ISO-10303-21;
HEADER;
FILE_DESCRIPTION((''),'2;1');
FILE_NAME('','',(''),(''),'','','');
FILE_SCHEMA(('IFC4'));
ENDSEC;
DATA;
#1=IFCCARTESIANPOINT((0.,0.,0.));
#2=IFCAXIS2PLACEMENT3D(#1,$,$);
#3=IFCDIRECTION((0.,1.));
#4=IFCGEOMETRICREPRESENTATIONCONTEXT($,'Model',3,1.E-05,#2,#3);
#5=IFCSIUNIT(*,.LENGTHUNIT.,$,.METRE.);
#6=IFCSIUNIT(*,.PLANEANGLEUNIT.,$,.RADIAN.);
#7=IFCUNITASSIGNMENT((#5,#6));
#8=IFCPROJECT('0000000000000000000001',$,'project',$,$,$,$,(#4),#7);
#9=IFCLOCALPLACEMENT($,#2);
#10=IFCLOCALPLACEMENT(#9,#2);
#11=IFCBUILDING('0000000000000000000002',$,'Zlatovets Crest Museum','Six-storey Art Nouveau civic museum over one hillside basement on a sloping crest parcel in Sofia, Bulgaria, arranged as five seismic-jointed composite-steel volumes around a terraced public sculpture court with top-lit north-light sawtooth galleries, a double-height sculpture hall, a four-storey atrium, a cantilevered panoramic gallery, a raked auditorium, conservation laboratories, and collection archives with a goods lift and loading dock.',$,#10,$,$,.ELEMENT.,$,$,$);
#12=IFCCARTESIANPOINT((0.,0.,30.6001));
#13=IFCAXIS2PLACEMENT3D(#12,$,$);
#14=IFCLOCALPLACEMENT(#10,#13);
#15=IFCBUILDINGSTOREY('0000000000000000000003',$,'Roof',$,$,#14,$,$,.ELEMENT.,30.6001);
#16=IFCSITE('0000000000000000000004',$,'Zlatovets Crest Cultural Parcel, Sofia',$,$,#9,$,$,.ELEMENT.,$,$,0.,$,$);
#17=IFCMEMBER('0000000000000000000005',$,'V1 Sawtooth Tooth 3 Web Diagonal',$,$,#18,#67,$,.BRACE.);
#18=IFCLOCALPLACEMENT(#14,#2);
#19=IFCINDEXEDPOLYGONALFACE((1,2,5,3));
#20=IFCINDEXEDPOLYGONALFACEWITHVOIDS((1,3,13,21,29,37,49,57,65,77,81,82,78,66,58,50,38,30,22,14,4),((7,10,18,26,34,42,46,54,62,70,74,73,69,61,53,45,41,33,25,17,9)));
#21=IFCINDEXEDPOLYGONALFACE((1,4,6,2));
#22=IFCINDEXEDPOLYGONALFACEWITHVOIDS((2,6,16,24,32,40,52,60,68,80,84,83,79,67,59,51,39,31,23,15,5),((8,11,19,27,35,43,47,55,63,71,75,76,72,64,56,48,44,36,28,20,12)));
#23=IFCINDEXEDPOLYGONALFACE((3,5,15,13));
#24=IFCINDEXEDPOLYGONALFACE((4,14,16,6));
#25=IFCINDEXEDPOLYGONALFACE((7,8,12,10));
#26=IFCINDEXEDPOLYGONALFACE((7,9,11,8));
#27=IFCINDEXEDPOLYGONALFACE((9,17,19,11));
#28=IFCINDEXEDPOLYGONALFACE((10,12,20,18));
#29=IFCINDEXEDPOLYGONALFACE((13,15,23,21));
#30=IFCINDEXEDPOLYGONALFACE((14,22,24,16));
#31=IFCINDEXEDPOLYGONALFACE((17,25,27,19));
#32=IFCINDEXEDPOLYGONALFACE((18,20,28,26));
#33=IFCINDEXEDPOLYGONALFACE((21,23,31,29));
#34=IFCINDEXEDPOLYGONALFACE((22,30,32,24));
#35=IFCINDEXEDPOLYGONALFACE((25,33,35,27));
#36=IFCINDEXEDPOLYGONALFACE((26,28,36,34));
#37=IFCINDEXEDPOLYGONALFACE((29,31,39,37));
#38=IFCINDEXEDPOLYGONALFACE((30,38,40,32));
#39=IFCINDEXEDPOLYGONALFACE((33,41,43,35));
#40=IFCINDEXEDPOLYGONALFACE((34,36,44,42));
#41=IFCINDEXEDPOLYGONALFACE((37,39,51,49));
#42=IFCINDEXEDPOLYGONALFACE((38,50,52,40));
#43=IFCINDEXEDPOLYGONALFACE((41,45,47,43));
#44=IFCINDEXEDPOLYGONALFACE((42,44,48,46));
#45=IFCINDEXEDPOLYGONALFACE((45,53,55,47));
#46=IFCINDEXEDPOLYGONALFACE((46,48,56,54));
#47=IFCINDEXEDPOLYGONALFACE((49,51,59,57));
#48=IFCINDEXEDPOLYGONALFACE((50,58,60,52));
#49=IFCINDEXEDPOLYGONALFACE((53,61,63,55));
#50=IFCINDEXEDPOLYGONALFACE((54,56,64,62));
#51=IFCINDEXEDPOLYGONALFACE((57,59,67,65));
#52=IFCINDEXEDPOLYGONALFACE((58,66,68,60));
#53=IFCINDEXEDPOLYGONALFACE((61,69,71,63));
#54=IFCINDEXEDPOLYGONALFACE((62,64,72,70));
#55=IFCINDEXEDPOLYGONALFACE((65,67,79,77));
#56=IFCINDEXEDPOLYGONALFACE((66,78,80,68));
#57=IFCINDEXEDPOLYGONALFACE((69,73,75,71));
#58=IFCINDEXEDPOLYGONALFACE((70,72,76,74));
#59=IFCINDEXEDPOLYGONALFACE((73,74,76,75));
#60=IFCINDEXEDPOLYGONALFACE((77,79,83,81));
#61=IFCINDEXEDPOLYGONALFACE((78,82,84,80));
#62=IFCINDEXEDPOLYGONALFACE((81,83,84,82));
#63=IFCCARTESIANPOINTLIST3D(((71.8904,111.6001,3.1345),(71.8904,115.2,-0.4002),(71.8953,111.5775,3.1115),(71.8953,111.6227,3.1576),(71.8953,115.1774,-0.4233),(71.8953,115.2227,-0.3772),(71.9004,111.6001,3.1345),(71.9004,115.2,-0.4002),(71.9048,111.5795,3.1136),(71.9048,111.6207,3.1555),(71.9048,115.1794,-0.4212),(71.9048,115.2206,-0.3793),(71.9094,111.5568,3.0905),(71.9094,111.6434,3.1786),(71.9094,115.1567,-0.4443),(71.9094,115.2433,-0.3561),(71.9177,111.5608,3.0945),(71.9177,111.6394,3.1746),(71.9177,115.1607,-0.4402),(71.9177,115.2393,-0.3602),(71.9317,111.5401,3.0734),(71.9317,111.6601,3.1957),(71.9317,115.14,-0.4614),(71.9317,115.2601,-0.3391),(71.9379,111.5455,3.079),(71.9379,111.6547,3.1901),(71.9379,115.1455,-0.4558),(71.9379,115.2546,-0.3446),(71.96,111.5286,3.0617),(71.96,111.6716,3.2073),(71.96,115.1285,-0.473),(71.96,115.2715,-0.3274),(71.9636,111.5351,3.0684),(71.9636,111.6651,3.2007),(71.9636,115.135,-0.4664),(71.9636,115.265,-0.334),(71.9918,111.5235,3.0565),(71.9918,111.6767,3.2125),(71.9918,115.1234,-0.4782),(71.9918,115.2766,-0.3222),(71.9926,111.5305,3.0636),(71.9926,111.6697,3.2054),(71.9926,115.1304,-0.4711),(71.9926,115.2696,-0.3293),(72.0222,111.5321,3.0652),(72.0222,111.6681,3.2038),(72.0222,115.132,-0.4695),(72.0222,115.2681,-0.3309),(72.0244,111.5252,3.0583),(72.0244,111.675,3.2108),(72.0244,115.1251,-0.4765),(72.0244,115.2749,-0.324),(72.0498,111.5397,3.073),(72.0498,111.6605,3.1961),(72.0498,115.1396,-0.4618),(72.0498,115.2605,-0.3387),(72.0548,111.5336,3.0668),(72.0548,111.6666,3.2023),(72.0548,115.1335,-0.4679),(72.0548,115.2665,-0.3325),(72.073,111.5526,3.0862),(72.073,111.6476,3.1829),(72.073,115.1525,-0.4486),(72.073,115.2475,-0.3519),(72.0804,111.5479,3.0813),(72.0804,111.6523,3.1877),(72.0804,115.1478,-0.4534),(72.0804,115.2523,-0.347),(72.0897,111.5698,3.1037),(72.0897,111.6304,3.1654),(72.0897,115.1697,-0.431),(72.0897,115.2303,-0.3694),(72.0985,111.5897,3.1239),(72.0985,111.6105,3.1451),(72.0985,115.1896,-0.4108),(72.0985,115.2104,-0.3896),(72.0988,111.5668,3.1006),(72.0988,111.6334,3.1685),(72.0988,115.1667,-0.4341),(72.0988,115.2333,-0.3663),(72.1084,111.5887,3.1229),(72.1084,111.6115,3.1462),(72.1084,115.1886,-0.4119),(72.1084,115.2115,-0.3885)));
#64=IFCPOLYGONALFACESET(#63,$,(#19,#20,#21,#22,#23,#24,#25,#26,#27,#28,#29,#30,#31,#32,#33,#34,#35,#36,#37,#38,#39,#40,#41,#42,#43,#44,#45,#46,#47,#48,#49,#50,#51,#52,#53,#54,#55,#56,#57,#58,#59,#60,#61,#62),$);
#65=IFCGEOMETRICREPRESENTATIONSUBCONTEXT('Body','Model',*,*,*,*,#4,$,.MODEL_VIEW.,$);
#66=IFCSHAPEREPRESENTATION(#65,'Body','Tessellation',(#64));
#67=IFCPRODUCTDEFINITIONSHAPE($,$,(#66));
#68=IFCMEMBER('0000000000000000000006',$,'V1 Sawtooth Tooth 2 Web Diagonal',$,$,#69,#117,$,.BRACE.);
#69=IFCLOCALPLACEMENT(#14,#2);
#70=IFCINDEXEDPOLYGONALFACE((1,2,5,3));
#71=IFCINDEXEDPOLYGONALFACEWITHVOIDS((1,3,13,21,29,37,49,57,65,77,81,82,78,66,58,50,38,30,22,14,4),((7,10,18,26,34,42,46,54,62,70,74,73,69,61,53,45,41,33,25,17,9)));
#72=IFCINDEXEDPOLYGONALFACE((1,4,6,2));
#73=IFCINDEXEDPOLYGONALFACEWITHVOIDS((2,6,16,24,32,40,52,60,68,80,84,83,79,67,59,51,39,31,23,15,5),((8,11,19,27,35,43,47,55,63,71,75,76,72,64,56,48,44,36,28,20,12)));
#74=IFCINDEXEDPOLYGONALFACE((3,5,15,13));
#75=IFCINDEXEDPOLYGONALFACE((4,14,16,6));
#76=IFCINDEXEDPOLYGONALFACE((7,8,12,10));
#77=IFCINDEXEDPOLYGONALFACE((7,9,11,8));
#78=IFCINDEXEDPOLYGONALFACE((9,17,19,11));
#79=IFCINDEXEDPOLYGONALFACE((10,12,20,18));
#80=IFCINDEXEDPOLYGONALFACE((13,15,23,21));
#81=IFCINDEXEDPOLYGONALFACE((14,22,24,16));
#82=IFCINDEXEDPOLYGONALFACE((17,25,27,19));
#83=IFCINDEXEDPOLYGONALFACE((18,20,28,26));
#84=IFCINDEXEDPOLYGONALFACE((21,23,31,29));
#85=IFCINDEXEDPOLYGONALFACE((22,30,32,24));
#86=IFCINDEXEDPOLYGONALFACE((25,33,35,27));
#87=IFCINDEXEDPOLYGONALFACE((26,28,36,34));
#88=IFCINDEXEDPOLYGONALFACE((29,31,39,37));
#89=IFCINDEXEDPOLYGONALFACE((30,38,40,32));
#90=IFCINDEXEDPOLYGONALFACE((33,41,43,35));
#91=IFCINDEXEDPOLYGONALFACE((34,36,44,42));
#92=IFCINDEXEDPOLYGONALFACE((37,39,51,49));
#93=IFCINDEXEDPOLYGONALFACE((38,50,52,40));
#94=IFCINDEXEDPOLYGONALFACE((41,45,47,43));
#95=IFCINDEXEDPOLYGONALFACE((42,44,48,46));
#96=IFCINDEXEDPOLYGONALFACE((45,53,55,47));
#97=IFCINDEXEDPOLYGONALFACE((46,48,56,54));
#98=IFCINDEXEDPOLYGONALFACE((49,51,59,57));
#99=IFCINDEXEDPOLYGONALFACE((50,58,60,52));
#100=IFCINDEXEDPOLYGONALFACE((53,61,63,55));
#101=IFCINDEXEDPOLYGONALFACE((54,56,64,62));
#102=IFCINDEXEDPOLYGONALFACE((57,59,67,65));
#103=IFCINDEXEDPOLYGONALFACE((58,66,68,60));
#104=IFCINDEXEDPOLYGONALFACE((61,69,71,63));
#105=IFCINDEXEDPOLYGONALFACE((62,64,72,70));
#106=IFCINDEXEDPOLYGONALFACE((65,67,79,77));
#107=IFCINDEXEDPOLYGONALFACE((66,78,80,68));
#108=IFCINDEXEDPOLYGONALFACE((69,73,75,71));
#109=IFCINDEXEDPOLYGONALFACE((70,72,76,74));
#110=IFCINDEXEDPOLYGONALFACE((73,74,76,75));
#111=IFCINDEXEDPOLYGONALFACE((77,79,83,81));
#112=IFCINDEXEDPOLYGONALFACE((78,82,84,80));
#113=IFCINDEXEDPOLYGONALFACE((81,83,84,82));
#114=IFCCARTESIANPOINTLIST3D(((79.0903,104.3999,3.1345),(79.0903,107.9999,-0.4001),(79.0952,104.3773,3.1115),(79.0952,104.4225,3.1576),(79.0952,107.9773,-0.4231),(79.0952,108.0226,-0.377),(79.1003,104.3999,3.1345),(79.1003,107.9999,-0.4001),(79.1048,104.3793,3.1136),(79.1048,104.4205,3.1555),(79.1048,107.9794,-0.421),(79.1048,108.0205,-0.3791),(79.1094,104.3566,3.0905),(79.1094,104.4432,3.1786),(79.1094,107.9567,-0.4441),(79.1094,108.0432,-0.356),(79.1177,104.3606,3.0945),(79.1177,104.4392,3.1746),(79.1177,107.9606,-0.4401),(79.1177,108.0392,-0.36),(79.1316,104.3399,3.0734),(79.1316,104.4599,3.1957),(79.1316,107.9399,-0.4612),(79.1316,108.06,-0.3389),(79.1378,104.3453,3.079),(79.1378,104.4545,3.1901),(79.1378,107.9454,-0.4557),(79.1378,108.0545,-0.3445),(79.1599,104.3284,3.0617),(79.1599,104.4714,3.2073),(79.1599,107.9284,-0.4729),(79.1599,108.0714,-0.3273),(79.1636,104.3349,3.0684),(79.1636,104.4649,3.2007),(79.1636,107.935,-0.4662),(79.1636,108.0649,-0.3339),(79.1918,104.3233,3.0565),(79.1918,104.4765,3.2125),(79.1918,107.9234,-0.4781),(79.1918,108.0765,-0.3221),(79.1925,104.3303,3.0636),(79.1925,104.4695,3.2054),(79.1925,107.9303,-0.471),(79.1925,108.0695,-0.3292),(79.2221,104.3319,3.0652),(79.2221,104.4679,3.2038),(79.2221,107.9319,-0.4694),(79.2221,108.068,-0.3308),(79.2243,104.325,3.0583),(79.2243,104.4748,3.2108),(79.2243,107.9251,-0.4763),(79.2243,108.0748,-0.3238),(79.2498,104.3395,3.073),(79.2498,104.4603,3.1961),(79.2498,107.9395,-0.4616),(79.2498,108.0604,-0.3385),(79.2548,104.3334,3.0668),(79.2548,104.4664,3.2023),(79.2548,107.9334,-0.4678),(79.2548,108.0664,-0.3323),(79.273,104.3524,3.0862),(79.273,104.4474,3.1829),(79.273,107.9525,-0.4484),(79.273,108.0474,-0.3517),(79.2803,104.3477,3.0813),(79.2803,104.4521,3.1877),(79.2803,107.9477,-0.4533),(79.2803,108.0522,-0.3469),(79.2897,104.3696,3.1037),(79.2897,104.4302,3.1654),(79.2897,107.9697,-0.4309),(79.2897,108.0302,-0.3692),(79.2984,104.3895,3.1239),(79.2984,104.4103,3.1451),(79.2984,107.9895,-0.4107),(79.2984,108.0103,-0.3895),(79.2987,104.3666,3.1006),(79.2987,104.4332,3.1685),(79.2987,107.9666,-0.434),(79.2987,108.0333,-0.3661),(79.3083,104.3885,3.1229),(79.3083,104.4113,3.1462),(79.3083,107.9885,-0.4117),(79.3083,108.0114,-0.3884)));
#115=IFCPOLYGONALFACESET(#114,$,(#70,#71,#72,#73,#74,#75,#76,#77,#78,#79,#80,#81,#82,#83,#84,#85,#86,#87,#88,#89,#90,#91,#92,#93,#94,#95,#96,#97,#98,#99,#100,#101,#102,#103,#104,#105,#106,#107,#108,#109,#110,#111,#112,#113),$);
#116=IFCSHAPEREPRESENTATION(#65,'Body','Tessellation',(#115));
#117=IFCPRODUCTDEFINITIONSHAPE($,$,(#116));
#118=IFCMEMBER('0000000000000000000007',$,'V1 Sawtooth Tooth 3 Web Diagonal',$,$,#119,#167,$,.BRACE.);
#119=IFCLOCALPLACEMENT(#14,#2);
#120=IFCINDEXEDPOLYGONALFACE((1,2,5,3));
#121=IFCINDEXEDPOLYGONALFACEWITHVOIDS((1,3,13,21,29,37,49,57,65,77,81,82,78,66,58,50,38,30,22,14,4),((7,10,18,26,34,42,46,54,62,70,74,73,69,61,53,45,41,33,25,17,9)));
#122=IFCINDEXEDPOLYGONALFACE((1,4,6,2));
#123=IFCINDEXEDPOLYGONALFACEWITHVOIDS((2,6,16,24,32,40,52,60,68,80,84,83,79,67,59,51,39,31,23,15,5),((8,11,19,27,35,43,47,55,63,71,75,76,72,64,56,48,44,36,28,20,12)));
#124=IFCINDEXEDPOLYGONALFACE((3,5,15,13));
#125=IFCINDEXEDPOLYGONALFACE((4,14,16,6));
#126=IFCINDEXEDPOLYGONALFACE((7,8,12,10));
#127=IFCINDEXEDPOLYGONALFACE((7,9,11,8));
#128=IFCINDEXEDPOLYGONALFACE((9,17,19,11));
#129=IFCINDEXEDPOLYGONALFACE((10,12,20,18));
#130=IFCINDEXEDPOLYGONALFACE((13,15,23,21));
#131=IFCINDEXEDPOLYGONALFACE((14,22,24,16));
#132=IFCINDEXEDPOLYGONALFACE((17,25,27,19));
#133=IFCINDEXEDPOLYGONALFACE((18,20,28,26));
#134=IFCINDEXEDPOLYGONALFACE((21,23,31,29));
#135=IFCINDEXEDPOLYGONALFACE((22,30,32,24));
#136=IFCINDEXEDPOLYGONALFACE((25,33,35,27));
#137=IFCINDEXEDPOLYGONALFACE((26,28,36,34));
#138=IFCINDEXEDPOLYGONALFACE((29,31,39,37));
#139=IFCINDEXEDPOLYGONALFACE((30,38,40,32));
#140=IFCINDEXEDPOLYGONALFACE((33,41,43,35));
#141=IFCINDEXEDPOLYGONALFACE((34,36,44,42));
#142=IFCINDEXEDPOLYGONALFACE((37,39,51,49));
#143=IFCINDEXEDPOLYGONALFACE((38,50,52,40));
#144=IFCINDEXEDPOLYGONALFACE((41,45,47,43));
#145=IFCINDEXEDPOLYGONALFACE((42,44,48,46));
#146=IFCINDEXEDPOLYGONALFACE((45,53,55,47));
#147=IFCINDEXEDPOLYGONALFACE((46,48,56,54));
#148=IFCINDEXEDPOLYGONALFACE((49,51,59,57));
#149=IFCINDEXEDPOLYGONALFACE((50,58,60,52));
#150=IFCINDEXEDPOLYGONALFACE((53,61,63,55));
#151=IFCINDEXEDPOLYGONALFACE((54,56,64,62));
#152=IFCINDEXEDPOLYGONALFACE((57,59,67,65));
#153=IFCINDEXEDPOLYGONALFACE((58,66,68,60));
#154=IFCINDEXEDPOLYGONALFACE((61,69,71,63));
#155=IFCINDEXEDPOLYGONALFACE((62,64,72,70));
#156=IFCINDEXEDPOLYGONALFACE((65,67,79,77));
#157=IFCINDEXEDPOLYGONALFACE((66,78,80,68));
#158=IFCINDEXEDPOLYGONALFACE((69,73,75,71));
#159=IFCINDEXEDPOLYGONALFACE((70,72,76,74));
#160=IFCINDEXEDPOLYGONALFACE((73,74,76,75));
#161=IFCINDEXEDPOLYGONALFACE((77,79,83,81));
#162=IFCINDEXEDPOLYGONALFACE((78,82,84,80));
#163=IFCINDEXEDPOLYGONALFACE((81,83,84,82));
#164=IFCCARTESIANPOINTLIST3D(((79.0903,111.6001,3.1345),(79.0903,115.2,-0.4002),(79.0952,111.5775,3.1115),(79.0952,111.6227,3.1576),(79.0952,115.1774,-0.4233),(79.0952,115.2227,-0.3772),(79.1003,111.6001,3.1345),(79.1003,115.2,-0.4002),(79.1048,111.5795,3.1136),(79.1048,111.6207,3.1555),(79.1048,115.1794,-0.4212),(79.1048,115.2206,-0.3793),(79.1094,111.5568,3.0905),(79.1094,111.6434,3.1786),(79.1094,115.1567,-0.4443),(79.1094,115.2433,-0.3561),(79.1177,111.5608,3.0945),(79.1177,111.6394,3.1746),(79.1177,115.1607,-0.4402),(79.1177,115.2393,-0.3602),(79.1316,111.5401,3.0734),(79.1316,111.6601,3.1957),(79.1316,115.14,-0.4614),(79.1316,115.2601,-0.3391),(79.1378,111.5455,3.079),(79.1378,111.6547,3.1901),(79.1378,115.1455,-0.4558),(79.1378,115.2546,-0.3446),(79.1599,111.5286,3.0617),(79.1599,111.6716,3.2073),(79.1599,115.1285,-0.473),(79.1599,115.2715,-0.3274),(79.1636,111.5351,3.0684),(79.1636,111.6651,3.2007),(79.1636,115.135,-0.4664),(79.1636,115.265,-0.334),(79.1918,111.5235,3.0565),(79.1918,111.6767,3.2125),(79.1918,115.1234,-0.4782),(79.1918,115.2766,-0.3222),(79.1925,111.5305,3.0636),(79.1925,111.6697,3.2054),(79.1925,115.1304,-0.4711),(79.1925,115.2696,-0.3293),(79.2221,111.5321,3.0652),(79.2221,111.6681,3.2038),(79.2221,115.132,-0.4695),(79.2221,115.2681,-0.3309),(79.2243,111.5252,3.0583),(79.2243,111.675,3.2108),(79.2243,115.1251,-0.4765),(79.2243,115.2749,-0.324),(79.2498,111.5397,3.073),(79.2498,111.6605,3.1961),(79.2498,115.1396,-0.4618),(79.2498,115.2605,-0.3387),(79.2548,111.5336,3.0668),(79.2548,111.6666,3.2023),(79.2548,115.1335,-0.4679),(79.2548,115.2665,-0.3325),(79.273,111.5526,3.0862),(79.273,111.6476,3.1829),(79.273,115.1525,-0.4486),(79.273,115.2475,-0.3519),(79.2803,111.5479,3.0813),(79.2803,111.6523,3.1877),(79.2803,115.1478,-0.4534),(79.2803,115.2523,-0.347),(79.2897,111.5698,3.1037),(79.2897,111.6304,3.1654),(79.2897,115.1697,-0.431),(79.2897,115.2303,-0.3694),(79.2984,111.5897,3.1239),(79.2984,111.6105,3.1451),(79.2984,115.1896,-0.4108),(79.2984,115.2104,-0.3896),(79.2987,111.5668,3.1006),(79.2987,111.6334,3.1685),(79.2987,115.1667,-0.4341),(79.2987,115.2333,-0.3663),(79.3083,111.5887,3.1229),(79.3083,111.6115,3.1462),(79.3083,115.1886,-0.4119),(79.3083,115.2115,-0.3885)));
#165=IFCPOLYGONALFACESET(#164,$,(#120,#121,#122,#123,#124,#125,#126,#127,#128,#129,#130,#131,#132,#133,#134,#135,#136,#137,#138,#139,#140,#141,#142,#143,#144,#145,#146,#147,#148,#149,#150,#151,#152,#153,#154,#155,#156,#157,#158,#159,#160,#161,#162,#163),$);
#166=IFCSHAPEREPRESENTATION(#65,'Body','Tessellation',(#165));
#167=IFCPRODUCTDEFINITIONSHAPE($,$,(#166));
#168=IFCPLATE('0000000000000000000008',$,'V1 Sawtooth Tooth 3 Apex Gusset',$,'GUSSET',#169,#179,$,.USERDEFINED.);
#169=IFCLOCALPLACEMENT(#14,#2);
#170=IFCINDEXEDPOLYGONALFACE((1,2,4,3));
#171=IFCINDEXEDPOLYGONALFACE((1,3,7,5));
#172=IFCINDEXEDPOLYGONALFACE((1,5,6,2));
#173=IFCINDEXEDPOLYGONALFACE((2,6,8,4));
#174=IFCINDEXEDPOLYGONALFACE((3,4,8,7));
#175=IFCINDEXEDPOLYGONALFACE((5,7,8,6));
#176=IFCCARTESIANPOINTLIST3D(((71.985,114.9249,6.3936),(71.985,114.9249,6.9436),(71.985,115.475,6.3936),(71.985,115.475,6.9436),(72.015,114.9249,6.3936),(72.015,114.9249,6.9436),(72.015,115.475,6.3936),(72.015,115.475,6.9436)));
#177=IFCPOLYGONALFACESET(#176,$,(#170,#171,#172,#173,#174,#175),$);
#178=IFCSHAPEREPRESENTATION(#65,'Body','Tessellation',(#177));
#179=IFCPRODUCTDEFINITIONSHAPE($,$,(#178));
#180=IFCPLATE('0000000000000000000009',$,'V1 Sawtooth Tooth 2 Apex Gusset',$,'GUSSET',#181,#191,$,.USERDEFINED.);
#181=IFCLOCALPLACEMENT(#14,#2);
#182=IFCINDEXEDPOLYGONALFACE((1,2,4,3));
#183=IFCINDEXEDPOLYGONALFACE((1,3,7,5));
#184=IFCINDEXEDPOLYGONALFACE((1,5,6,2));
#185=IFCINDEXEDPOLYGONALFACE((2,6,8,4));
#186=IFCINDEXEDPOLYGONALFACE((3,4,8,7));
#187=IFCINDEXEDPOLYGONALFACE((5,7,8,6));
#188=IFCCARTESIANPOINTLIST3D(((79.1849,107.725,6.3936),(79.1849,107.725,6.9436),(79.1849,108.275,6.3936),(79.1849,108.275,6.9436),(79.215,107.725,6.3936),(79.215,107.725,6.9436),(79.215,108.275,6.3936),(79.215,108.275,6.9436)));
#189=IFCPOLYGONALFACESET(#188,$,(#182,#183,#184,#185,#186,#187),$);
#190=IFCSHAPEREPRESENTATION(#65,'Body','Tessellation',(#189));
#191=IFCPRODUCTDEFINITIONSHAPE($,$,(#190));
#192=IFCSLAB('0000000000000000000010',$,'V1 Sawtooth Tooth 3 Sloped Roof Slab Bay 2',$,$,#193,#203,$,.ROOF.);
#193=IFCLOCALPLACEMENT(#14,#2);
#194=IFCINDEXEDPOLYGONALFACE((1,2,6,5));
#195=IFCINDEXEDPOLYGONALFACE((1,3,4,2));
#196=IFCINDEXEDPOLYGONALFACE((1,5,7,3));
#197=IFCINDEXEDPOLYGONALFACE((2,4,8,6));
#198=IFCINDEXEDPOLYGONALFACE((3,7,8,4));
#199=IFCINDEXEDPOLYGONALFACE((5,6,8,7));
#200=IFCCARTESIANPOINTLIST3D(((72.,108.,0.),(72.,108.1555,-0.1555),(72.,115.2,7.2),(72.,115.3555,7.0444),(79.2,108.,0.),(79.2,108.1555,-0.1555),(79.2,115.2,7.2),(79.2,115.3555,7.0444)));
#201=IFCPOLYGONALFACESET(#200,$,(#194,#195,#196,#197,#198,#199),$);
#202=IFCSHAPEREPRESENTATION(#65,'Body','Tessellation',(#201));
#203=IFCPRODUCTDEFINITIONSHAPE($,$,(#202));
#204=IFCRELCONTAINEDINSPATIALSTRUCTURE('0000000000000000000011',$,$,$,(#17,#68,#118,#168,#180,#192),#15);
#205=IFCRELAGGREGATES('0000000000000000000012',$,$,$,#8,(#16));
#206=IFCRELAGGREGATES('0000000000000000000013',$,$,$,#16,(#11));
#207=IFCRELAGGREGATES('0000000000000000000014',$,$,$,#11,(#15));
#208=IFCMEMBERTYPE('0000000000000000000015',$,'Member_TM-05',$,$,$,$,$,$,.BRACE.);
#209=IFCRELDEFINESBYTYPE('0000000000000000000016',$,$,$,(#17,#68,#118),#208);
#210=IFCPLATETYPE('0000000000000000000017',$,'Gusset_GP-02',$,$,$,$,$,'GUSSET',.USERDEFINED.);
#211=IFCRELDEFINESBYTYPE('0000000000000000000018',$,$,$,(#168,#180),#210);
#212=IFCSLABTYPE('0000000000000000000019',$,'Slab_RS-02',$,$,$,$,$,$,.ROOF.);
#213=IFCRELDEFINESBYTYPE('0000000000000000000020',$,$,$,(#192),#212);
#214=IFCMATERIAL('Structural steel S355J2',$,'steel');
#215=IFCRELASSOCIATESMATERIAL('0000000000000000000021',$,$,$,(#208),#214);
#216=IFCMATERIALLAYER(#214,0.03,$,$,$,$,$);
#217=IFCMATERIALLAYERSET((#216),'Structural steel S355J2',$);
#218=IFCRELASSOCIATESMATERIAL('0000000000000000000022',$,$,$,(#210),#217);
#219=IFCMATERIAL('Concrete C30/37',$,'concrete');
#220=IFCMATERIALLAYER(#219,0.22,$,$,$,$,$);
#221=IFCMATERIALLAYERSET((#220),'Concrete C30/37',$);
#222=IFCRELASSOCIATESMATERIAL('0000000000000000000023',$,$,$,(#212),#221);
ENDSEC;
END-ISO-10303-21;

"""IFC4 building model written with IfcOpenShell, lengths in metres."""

from ifc_helpers import new_model, si_unit, direction, frame, origin, origin_2d, place, context, subcontext, project, spatial, polyline, rectangle, hollow_circle, outline, extrude, material, layer, layer_set, material_profile, profile_set, type_object, element, save


model = new_model("IFC4")

# Units and contexts
model_context = context("Model", 3, precision=1e-05, world=origin(), true_north=direction((0.0, 1.0)))
body_context = subcontext(model_context, "Body", "Model", "MODEL_VIEW")
ifc_project = project(units=[si_unit("LENGTHUNIT", "METRE"), si_unit("PLANEANGLEUNIT", "RADIAN")], contexts=[model_context])

# Site, building, storey
site_placement = place(None, origin())
site = spatial("IfcSite", under=ifc_project, at=site_placement, Name="Zlatovets Crest Cultural Parcel, Sofia", CompositionType="ELEMENT", RefElevation=0.0)
building_placement = place(site_placement, origin())
building = spatial("IfcBuilding", under=site, at=building_placement, Name="Zlatovets Crest Museum", Description="Six-storey Art Nouveau civic museum over one hillside basement on a sloping crest parcel in Sofia, Bulgaria, arranged as five seismic-jointed composite-steel volumes around a terraced public sculpture court with top-lit north-light sawtooth galleries, a double-height sculpture hall, a four-storey atrium, a cantilevered panoramic gallery, a raked auditorium, conservation laboratories, and collection archives with a goods lift and loading dock.", CompositionType="ELEMENT")
storey_placement = place(building_placement, frame((0.0, 0.0, 30.6001)))
storey = spatial("IfcBuildingStorey", under=building, at=storey_placement, Name="Roof", CompositionType="ELEMENT", Elevation=30.6001)

# Shared definitions
ifc_material_1 = material(Name="Structural steel S355J2", Category="steel")

# Members
ifc_material_profile_1 = material_profile(ifc_material_1, hollow_circle(Radius=0.1096, WallThickness=0.01, at=origin_2d()), Name="CHS 219.1x10.0")
ifc_profile_set_1 = profile_set([ifc_material_profile_1], Name="Structural steel S355J2")
member_type_1 = type_object("IfcMemberType", Name="Member_TM-05", PredefinedType="BRACE", material=ifc_profile_set_1)
for number, where, z_axis, x_axis, name in (
    (1, (72.0, 111.6001, 3.1345), (0.0, 0.713538, -0.700617), (-1.0, 0.0, 0.0), "V1 Sawtooth Tooth 3 Web Diagonal"),
    (2, (79.2, 104.3999, 3.1345), (0.0, 0.713561, -0.700593), (-1.0, 0.0, 0.0), "V1 Sawtooth Tooth 2 Web Diagonal"),
    (3, (79.2, 111.6001, 3.1345), (0.0, 0.713538, -0.700617), (-1.0, 0.0, 0.0), "V1 Sawtooth Tooth 3 Web Diagonal"),
):
    element("IfcMember", number, at=place(storey_placement, frame(where, z_axis=z_axis, x_axis=x_axis)), inside=storey, type_object=member_type_1, Name=name, PredefinedType="BRACE", context=body_context, shape_type="SweptSolid", body=[
        extrude(hollow_circle(Radius=0.1096, WallThickness=0.01, at=origin_2d()), origin(), (0.0, 0.0, 1.0), 5.0452),
    ])

# Plates
ifc_layer_1 = layer(ifc_material_1, 0.03)
ifc_layer_set_1 = layer_set([ifc_layer_1], Name="Structural steel S355J2")
plate_type = type_object("IfcPlateType", Name="Gusset_GP-02", ElementType="GUSSET", PredefinedType="USERDEFINED", material=ifc_layer_set_1)
for number, where, z_axis, x_axis, name in (
    (4, (72.0, 115.2, 6.3936), (0.0, 0.0, 1.0), (1.0, 0.0, 0.0), "V1 Sawtooth Tooth 3 Apex Gusset"),
    (5, (79.2, 108.0, 6.3936), (0.0, 0.0, 1.0), (1.0, 0.0, 0.0), "V1 Sawtooth Tooth 2 Apex Gusset"),
):
    element("IfcPlate", number, at=place(storey_placement, frame(where, z_axis=z_axis, x_axis=x_axis)), inside=storey, type_object=plate_type, Name=name, ObjectType="GUSSET", PredefinedType="USERDEFINED", context=body_context, shape_type="SweptSolid", body=[
        extrude(rectangle(XDim=0.03, YDim=0.55, at=origin_2d()), origin(), (0.0, 0.0, 1.0), 0.55),
    ])

# Slab
ifc_material_2 = material(Name="Concrete C30/37", Category="concrete")
ifc_layer_2 = layer(ifc_material_2, 0.22)
ifc_layer_set_2 = layer_set([ifc_layer_2], Name="Concrete C30/37")
slab_type = type_object("IfcSlabType", Name="Slab_RS-02", PredefinedType="ROOF", material=ifc_layer_set_2)
for number, where, z_axis, x_axis, name in (
    (6, (72.0, 108.0, 0.0), (0.0, -0.707107, 0.707107), (1.0, 0.0, 0.0), "V1 Sawtooth Tooth 3 Sloped Roof Slab Bay 2"),
):
    element("IfcSlab", number, at=place(storey_placement, frame(where, z_axis=z_axis, x_axis=x_axis)), inside=storey, type_object=slab_type, Name=name, PredefinedType="ROOF", context=body_context, shape_type="SweptSolid", body=[
        extrude(outline(polyline([(0.0, 0.0), (7.2, 0.0), (7.2, 10.1823), (0.0, 10.1823), (0.0, 0.0)])), origin(), (0.0, 0.0, -1.0), 0.22),
    ])

save(model, "model.ifc")
